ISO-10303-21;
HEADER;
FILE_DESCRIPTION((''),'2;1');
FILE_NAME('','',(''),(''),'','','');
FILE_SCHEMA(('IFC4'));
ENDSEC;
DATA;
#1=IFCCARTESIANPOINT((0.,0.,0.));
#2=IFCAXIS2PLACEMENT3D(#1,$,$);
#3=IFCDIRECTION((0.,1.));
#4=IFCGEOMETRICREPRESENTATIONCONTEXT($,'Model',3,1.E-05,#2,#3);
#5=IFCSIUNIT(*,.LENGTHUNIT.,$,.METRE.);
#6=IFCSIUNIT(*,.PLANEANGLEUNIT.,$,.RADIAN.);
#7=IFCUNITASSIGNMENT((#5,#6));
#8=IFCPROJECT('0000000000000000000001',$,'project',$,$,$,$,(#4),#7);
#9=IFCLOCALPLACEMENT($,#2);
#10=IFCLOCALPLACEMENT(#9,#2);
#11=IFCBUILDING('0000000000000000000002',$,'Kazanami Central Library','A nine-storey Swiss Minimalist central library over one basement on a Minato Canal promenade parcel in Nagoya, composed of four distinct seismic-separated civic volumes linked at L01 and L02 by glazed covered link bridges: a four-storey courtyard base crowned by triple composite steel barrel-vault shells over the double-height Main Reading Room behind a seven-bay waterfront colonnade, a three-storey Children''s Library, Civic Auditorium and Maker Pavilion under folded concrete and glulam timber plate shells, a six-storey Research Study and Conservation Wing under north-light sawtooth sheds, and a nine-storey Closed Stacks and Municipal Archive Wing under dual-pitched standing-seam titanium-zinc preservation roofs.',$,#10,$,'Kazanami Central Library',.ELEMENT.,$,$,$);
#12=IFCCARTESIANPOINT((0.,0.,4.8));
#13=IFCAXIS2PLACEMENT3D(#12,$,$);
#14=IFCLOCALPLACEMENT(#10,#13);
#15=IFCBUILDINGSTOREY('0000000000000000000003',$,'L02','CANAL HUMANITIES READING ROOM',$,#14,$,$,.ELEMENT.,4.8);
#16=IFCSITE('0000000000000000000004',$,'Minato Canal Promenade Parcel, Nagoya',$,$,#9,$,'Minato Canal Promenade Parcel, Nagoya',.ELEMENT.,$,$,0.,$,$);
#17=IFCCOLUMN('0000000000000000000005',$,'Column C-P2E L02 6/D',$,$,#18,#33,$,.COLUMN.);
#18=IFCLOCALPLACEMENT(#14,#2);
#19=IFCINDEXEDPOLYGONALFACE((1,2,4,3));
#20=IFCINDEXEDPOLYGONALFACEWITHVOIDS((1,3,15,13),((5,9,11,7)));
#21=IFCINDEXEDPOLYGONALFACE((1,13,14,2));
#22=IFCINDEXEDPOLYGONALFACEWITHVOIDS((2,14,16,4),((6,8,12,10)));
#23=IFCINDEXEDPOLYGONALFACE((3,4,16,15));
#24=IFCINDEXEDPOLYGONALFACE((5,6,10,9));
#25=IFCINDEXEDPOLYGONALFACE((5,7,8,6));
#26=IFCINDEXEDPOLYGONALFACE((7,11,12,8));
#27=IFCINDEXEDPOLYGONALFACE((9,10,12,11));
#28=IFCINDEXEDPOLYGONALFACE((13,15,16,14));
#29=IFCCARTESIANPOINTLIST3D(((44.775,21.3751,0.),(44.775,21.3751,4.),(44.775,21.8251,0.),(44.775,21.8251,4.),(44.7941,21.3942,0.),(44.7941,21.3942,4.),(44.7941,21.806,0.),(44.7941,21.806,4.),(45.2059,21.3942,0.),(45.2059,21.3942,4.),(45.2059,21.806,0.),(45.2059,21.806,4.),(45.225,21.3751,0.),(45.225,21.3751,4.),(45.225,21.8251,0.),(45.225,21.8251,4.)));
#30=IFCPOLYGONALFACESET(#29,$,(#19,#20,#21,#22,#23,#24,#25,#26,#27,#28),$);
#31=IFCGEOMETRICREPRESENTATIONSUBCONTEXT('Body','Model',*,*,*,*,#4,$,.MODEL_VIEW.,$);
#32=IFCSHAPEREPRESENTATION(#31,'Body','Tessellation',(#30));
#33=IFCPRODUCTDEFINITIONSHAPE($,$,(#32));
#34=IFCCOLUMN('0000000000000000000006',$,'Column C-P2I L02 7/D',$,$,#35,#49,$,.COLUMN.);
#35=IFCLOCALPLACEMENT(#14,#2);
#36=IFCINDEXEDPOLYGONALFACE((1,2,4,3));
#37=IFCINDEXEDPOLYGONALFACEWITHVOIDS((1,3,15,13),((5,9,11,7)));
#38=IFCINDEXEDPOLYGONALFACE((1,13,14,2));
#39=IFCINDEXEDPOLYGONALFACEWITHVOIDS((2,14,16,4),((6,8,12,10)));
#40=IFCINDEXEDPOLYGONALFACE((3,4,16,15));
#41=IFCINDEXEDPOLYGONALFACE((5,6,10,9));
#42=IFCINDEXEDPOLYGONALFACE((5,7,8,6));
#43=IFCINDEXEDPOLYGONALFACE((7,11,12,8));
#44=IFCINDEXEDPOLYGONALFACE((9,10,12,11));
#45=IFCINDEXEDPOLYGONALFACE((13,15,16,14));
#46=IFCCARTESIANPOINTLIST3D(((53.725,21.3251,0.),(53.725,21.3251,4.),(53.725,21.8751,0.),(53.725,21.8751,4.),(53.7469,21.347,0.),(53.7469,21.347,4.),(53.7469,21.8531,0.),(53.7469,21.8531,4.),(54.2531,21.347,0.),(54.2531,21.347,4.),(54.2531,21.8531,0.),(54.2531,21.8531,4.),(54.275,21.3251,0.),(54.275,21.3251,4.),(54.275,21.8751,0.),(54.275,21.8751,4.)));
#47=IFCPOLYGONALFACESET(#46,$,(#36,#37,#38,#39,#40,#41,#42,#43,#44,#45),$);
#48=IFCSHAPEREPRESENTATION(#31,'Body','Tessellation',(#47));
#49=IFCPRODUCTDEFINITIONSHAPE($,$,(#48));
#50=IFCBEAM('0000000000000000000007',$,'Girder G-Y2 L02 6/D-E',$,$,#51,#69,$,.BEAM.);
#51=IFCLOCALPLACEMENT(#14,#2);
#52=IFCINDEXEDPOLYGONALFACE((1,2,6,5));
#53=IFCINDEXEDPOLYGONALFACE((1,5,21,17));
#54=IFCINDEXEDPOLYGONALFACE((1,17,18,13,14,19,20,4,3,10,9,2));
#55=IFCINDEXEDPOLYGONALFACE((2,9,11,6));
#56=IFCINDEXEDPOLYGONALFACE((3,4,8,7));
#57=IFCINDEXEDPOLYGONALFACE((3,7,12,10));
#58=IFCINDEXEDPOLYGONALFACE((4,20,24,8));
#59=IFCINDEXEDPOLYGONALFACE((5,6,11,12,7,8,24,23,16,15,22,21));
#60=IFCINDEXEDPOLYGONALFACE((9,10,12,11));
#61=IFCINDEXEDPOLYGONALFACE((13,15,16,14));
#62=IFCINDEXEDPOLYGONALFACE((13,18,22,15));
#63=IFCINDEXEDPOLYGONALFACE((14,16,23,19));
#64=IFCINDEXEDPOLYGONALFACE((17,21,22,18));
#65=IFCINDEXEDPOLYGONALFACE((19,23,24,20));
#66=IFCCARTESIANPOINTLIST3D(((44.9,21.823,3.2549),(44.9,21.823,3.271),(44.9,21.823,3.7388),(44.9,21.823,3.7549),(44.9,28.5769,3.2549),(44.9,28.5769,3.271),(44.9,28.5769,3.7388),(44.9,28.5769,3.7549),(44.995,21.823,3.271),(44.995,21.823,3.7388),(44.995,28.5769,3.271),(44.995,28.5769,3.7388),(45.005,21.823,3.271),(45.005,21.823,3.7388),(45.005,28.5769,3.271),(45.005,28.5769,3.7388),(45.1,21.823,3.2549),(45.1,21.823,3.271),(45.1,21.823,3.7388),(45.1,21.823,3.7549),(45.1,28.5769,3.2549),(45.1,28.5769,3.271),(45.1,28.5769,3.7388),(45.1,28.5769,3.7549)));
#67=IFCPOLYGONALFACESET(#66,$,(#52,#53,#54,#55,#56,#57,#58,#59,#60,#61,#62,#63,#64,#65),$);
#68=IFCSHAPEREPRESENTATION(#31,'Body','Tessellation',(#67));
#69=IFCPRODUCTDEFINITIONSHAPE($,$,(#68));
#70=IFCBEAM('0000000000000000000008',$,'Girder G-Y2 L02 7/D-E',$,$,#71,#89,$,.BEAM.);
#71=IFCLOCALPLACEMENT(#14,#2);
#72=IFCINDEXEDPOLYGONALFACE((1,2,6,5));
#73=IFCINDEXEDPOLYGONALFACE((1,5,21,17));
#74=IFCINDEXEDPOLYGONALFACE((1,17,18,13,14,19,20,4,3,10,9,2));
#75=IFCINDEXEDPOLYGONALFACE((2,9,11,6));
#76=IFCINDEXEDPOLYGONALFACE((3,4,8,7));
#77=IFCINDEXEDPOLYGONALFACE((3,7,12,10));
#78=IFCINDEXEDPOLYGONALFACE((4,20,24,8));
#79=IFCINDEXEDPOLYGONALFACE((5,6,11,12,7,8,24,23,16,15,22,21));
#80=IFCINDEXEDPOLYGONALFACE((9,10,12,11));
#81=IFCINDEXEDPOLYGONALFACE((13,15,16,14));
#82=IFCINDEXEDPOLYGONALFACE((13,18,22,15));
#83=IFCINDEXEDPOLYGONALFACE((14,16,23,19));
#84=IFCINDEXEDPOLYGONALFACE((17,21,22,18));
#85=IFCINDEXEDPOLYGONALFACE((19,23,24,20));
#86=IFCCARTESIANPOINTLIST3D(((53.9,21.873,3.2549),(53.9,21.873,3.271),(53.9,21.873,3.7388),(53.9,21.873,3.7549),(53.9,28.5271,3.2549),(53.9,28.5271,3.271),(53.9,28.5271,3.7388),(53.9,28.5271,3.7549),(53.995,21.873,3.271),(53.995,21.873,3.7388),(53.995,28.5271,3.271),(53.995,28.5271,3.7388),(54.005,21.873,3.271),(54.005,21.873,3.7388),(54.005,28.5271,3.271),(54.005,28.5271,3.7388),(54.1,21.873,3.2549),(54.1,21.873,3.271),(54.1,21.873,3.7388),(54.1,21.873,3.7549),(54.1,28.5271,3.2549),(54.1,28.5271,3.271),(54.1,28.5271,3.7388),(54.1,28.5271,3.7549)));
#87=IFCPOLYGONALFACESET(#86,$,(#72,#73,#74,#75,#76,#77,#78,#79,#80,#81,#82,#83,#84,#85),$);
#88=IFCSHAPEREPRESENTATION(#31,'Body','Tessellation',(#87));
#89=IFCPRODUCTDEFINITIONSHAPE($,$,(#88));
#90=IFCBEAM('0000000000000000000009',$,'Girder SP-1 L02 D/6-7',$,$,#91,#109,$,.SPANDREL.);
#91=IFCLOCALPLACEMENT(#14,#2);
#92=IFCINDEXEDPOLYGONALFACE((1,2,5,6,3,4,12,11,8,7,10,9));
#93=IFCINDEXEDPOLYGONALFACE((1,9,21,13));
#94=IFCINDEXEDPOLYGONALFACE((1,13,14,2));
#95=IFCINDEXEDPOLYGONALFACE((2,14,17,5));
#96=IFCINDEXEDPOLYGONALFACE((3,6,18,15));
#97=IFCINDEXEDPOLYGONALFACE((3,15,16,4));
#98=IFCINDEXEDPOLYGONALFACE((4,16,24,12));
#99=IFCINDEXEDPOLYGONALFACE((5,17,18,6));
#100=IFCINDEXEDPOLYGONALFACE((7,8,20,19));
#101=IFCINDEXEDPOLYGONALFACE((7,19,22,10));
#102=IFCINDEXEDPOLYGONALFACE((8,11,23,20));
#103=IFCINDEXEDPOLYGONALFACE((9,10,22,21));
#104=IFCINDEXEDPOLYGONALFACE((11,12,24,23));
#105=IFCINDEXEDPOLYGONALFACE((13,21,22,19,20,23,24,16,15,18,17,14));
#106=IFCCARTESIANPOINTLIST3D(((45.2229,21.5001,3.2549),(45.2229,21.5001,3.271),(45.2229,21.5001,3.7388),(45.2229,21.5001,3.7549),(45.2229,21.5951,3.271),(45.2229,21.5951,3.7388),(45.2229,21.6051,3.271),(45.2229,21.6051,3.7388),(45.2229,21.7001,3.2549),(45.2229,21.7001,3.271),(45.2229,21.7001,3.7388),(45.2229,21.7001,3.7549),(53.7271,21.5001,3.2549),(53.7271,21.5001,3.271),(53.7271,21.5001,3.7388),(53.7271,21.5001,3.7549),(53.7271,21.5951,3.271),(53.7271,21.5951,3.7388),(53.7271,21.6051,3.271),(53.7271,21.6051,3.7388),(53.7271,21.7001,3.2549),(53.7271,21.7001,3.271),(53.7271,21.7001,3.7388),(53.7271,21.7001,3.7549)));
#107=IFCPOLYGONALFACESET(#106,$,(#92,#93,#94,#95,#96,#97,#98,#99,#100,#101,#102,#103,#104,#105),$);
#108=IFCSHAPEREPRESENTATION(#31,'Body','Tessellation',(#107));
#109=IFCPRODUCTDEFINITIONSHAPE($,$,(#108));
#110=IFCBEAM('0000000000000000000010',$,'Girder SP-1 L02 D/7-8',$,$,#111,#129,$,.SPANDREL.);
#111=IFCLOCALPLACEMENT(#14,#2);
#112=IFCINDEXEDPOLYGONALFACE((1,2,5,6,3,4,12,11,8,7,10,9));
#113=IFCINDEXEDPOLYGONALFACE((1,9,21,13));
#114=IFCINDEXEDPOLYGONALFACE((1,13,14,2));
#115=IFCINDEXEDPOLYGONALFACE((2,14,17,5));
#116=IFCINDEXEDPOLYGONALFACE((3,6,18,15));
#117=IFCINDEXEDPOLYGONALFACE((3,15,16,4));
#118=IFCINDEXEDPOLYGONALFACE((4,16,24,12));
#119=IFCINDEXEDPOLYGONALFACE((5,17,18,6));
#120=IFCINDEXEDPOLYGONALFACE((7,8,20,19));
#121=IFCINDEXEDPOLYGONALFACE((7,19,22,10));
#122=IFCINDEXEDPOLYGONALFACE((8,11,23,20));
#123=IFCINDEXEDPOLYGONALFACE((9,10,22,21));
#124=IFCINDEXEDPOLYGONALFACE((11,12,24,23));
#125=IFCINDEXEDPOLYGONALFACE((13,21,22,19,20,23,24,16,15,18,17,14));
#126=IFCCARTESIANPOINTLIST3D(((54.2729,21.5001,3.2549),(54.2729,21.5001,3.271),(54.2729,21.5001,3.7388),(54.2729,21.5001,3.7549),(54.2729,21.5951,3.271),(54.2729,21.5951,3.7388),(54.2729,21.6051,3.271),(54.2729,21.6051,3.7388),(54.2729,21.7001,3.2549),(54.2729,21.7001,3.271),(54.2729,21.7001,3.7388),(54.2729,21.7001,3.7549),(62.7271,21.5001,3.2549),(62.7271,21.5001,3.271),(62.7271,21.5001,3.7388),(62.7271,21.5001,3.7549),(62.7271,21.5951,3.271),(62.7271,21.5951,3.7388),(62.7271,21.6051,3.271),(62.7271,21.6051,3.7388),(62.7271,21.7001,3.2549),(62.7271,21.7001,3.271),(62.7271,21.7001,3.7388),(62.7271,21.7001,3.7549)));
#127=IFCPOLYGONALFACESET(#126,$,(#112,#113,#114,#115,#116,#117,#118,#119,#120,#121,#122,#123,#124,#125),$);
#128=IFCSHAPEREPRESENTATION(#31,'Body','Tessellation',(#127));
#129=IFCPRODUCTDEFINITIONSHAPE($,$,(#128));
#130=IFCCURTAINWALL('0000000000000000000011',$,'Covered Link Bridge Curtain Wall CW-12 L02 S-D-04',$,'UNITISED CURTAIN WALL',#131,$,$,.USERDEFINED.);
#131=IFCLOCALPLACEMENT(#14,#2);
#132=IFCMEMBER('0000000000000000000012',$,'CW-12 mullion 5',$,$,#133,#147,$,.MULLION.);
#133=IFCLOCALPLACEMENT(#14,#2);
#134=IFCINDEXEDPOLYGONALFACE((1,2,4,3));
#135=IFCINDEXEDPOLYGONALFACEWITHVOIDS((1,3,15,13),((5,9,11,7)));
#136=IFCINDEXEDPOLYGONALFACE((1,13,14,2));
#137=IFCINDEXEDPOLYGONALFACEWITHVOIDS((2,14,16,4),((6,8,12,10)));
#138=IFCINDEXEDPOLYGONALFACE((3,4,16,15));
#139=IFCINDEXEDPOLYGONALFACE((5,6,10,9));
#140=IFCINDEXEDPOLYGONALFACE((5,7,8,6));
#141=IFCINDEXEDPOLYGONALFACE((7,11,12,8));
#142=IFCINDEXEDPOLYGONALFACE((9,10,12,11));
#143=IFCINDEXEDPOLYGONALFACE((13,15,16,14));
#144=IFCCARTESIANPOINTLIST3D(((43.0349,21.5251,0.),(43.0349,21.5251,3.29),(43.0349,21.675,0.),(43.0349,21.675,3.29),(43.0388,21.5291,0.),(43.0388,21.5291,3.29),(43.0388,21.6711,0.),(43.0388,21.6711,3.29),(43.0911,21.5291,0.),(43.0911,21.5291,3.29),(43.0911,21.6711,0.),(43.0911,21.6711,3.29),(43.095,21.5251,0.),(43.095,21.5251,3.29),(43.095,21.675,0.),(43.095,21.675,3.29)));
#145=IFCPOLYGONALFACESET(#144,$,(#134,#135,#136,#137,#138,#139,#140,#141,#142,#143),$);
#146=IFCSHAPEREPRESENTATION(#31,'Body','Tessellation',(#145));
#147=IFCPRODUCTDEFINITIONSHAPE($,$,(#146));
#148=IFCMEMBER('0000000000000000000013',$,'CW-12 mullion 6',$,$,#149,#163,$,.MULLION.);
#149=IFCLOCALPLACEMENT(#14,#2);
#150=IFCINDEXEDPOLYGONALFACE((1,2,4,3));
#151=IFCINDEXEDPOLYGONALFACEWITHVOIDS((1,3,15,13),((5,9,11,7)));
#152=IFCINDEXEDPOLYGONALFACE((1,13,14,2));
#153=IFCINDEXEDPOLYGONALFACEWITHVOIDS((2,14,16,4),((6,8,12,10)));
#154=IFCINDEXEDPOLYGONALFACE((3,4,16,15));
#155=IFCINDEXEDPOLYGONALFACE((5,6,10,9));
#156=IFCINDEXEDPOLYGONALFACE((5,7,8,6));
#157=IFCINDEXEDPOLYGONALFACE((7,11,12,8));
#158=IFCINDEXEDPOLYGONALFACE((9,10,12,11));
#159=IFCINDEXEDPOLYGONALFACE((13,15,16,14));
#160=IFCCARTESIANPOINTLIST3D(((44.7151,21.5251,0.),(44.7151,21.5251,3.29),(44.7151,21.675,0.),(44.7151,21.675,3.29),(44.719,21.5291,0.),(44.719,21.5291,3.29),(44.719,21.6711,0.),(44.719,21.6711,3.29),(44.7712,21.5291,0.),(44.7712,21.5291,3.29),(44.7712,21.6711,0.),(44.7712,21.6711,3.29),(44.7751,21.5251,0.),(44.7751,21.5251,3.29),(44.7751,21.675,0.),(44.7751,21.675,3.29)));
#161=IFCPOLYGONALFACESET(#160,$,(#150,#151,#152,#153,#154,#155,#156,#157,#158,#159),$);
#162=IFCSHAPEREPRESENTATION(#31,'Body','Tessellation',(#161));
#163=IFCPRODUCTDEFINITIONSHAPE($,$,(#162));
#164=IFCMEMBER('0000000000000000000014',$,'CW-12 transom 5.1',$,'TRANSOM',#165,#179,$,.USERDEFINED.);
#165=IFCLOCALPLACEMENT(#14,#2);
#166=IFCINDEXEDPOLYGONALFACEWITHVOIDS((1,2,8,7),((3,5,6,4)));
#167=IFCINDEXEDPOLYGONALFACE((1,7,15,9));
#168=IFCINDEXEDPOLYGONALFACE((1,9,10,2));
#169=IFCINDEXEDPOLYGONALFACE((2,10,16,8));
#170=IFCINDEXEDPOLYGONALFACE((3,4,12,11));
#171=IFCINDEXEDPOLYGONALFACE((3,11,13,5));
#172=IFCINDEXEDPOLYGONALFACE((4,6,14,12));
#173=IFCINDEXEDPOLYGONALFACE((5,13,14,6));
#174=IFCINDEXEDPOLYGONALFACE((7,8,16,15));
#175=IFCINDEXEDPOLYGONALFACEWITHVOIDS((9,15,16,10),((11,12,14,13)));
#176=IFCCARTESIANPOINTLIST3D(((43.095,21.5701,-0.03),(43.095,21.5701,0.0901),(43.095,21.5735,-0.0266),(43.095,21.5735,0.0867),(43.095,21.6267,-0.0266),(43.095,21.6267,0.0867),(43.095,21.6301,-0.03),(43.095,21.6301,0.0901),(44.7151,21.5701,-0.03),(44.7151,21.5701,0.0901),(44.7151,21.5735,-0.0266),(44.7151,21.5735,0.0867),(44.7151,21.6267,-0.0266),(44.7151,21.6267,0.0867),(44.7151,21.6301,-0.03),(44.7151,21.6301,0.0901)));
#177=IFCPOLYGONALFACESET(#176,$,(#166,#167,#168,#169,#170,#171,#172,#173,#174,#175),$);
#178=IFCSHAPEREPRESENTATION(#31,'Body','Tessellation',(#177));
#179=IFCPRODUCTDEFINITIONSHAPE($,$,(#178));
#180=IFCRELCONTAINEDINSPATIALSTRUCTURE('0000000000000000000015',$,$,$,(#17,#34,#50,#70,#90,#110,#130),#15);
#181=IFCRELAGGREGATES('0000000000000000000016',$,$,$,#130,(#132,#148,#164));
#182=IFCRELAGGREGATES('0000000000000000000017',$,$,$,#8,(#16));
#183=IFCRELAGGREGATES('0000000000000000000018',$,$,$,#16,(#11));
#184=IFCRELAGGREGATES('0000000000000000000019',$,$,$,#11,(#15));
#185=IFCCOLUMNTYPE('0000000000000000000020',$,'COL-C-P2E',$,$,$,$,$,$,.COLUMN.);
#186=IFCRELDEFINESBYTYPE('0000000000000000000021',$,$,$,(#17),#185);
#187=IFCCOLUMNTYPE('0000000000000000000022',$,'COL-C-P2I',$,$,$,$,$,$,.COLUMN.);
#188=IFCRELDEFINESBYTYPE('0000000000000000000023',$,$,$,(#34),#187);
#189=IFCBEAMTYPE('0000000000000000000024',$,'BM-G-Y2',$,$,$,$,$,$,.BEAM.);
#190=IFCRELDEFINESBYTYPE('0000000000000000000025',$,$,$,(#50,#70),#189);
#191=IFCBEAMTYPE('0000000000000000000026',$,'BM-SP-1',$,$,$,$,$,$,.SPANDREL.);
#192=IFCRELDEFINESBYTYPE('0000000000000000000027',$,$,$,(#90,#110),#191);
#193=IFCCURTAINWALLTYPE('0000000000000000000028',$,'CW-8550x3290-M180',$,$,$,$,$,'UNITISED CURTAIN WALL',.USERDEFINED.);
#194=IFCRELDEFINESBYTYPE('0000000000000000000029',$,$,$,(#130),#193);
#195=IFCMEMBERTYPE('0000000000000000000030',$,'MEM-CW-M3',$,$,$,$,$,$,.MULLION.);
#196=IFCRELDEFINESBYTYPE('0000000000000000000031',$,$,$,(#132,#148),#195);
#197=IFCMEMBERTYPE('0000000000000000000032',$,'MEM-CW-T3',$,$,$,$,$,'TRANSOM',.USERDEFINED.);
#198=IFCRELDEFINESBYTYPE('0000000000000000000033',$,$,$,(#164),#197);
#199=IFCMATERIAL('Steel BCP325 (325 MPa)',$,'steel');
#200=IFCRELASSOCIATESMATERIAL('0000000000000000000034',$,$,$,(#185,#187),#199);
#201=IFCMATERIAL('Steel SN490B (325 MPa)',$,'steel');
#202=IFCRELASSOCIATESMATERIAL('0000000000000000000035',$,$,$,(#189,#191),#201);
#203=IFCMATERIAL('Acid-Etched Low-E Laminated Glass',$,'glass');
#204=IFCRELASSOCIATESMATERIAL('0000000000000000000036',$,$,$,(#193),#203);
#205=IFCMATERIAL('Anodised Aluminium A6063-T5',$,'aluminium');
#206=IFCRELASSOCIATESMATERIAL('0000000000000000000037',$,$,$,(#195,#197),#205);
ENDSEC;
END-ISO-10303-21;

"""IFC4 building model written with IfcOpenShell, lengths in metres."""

from ifc_helpers import new_model, si_unit, direction, frame, origin, origin_2d, place, context, subcontext, project, spatial, hollow_rectangle, i_section, extrude, material, material_profile, profile_set, type_object, element, aggregate, save


model = new_model("IFC4")

# Units and contexts
model_context = context("Model", 3, precision=1e-05, world=origin(), true_north=direction((0.0, 1.0)))
body_context = subcontext(model_context, "Body", "Model", "MODEL_VIEW")
ifc_project = project(units=[si_unit("LENGTHUNIT", "METRE"), si_unit("PLANEANGLEUNIT", "RADIAN")], contexts=[model_context])

# Site, building, storey
site_placement = place(None, origin())
site = spatial("IfcSite", under=ifc_project, at=site_placement, Name="Minato Canal Promenade Parcel, Nagoya", LongName="Minato Canal Promenade Parcel, Nagoya", CompositionType="ELEMENT", RefElevation=0.0)
building_placement = place(site_placement, origin())
building = spatial("IfcBuilding", under=site, at=building_placement, Name="Kazanami Central Library", Description="A nine-storey Swiss Minimalist central library over one basement on a Minato Canal promenade parcel in Nagoya, composed of four distinct seismic-separated civic volumes linked at L01 and L02 by glazed covered link bridges: a four-storey courtyard base crowned by triple composite steel barrel-vault shells over the double-height Main Reading Room behind a seven-bay waterfront colonnade, a three-storey Children's Library, Civic Auditorium and Maker Pavilion under folded concrete and glulam timber plate shells, a six-storey Research Study and Conservation Wing under north-light sawtooth sheds, and a nine-storey Closed Stacks and Municipal Archive Wing under dual-pitched standing-seam titanium-zinc preservation roofs.", LongName="Kazanami Central Library", CompositionType="ELEMENT")
storey_placement = place(building_placement, frame((0.0, 0.0, 4.8)))
storey = spatial("IfcBuildingStorey", under=building, at=storey_placement, Name="L02", Description="CANAL HUMANITIES READING ROOM", CompositionType="ELEMENT", Elevation=4.8)

# Columns
ifc_material_1 = material(Name="Steel BCP325 (325 MPa)", Category="steel")
ifc_material_profile_1 = material_profile(ifc_material_1, hollow_rectangle(XDim=0.45, YDim=0.45, WallThickness=0.019, at=origin_2d()), Name="BCP-450x450x19")
ifc_profile_set_1 = profile_set([ifc_material_profile_1], Name="Steel BCP325 (325 MPa)")
column_type_1 = type_object("IfcColumnType", Name="COL-C-P2E", PredefinedType="COLUMN", material=ifc_profile_set_1)
column_1_placement = place(storey_placement, frame((45.0, 21.6001, 0.0), z_axis=(0.0, 0.0, 1.0), x_axis=(1.0, 0.0, 0.0)))
element("IfcColumn", 1, at=column_1_placement, inside=storey, type_object=column_type_1, Name="Column C-P2E L02 6/D", PredefinedType="COLUMN", context=body_context, shape_type="SweptSolid", body=[
    extrude(hollow_rectangle(XDim=0.45, YDim=0.45, WallThickness=0.019, at=origin_2d()), origin(), (0.0, 0.0, 1.0), 4.0),
])
ifc_material_profile_2 = material_profile(ifc_material_1, hollow_rectangle(XDim=0.55, YDim=0.55, WallThickness=0.022, at=origin_2d()), Name="BCP-550x550x22")
ifc_profile_set_2 = profile_set([ifc_material_profile_2], Name="Steel BCP325 (325 MPa)")
column_type_2 = type_object("IfcColumnType", Name="COL-C-P2I", PredefinedType="COLUMN", material=ifc_profile_set_2)
column_2_placement = place(storey_placement, frame((54.0, 21.6001, 0.0), z_axis=(0.0, 0.0, 1.0), x_axis=(1.0, 0.0, 0.0)))
element("IfcColumn", 2, at=column_2_placement, inside=storey, type_object=column_type_2, Name="Column C-P2I L02 7/D", PredefinedType="COLUMN", context=body_context, shape_type="SweptSolid", body=[
    extrude(hollow_rectangle(XDim=0.55, YDim=0.55, WallThickness=0.022, at=origin_2d()), origin(), (0.0, 0.0, 1.0), 4.0),
])

# Beams
ifc_material_2 = material(Name="Steel SN490B (325 MPa)", Category="steel")
ifc_material_profile_3 = material_profile(ifc_material_2, i_section(OverallWidth=0.2, OverallDepth=0.5, WebThickness=0.01, FlangeThickness=0.0161, at=origin_2d()), Name="H-500x200x10x16")
ifc_profile_set_3 = profile_set([ifc_material_profile_3], Name="Steel SN490B (325 MPa)")
beam_type_1 = type_object("IfcBeamType", Name="BM-G-Y2", PredefinedType="BEAM", material=ifc_profile_set_3)
beam_1_placement = place(storey_placement, frame((45.0, 21.823, 3.5049), z_axis=(0.0, 1.0, 0.0), x_axis=(-1.0, 0.0, 0.0)))
element("IfcBeam", 3, at=beam_1_placement, inside=storey, type_object=beam_type_1, Name="Girder G-Y2 L02 6/D-E", PredefinedType="BEAM", context=body_context, shape_type="SweptSolid", body=[
    extrude(i_section(OverallWidth=0.2, OverallDepth=0.5, WebThickness=0.01, FlangeThickness=0.0161, at=origin_2d()), origin(), (0.0, 0.0, 1.0), 6.7539),
])
beam_2_placement = place(storey_placement, frame((54.0, 21.873, 3.5049), z_axis=(0.0, 1.0, 0.0), x_axis=(-1.0, 0.0, 0.0)))
element("IfcBeam", 4, at=beam_2_placement, inside=storey, type_object=beam_type_1, Name="Girder G-Y2 L02 7/D-E", PredefinedType="BEAM", context=body_context, shape_type="SweptSolid", body=[
    extrude(i_section(OverallWidth=0.2, OverallDepth=0.5, WebThickness=0.01, FlangeThickness=0.0161, at=origin_2d()), origin(), (0.0, 0.0, 1.0), 6.6541),
])
ifc_material_profile_4 = material_profile(ifc_material_2, i_section(OverallWidth=0.2, OverallDepth=0.5, WebThickness=0.01, FlangeThickness=0.0161, at=origin_2d()), Name="H-500x200x10x16")
ifc_profile_set_4 = profile_set([ifc_material_profile_4], Name="Steel SN490B (325 MPa)")
beam_type_2 = type_object("IfcBeamType", Name="BM-SP-1", PredefinedType="SPANDREL", material=ifc_profile_set_4)
beam_3_placement = place(storey_placement, frame((45.2229, 21.6001, 3.5049), z_axis=(1.0, 0.0, 0.0), x_axis=(0.0, 1.0, 0.0)))
element("IfcBeam", 5, at=beam_3_placement, inside=storey, type_object=beam_type_2, Name="Girder SP-1 L02 D/6-7", PredefinedType="SPANDREL", context=body_context, shape_type="SweptSolid", body=[
    extrude(i_section(OverallWidth=0.2, OverallDepth=0.5, WebThickness=0.01, FlangeThickness=0.0161, at=origin_2d()), origin(), (0.0, 0.0, 1.0), 8.5042),
])
beam_4_placement = place(storey_placement, frame((54.2729, 21.6001, 3.5049), z_axis=(1.0, 0.0, 0.0), x_axis=(0.0, 1.0, 0.0)))
element("IfcBeam", 6, at=beam_4_placement, inside=storey, type_object=beam_type_2, Name="Girder SP-1 L02 D/7-8", PredefinedType="SPANDREL", context=body_context, shape_type="SweptSolid", body=[
    extrude(i_section(OverallWidth=0.2, OverallDepth=0.5, WebThickness=0.01, FlangeThickness=0.0161, at=origin_2d()), origin(), (0.0, 0.0, 1.0), 8.4541),
])

# Curtain wall, members
ifc_material_3 = material(Name="Acid-Etched Low-E Laminated Glass", Category="glass")
curtain_wall_type = type_object("IfcCurtainWallType", Name="CW-8550x3290-M180", ElementType="UNITISED CURTAIN WALL", PredefinedType="USERDEFINED", material=ifc_material_3)
curtain_wall_placement = place(storey_placement, origin())
curtain_wall = element("IfcCurtainWall", 7, at=curtain_wall_placement, inside=storey, type_object=curtain_wall_type, Name="Covered Link Bridge Curtain Wall CW-12 L02 S-D-04", ObjectType="UNITISED CURTAIN WALL", PredefinedType="USERDEFINED")
ifc_material_4 = material(Name="Anodised Aluminium A6063-T5", Category="aluminium")
ifc_material_profile_5 = material_profile(ifc_material_4, hollow_rectangle(XDim=0.0601, YDim=0.1499, WallThickness=0.0039, at=origin_2d()), Name="ALU-MULL-60x150x4")
ifc_profile_set_5 = profile_set([ifc_material_profile_5], Name="Anodised Aluminium A6063-T5")
member_type_1 = type_object("IfcMemberType", Name="MEM-CW-M3", PredefinedType="MULLION", material=ifc_profile_set_5)
member_1_placement = place(storey_placement, frame((43.0649, 21.6001, 0.0), z_axis=(0.0, 0.0, 1.0), x_axis=(1.0, 0.0, 0.0)))
member_1 = element("IfcMember", 8, at=member_1_placement, type_object=member_type_1, Name="CW-12 mullion 5", PredefinedType="MULLION", context=body_context, shape_type="SweptSolid", body=[
    extrude(hollow_rectangle(XDim=0.0601, YDim=0.1499, WallThickness=0.0039, at=origin_2d()), origin(), (0.0, 0.0, 1.0), 3.29),
])
member_2_placement = place(storey_placement, frame((44.7451, 21.6001, 0.0), z_axis=(0.0, 0.0, 1.0), x_axis=(1.0, 0.0, 0.0)))
member_2 = element("IfcMember", 9, at=member_2_placement, type_object=member_type_1, Name="CW-12 mullion 6", PredefinedType="MULLION", context=body_context, shape_type="SweptSolid", body=[
    extrude(hollow_rectangle(XDim=0.0601, YDim=0.1499, WallThickness=0.0039, at=origin_2d()), origin(), (0.0, 0.0, 1.0), 3.29),
])
ifc_material_profile_6 = material_profile(ifc_material_4, hollow_rectangle(XDim=0.0601, YDim=0.1201, WallThickness=0.0034, at=origin_2d()), Name="ALU-TRAN-60x120x3.5")
ifc_profile_set_6 = profile_set([ifc_material_profile_6], Name="Anodised Aluminium A6063-T5")
member_type_2 = type_object("IfcMemberType", Name="MEM-CW-T3", ElementType="TRANSOM", PredefinedType="USERDEFINED", material=ifc_profile_set_6)
member_3_placement = place(storey_placement, frame((43.095, 21.6001, 0.03), z_axis=(1.0, 0.0, 0.0), x_axis=(0.0, 1.0, 0.0)))
member_3 = element("IfcMember", 10, at=member_3_placement, type_object=member_type_2, Name="CW-12 transom 5.1", ObjectType="TRANSOM", PredefinedType="USERDEFINED", context=body_context, shape_type="SweptSolid", body=[
    extrude(hollow_rectangle(XDim=0.0601, YDim=0.1201, WallThickness=0.0034, at=origin_2d()), origin(), (0.0, 0.0, 1.0), 1.6201),
])
aggregate(curtain_wall, [member_1, member_2, member_3])

save(model, "model.ifc")
